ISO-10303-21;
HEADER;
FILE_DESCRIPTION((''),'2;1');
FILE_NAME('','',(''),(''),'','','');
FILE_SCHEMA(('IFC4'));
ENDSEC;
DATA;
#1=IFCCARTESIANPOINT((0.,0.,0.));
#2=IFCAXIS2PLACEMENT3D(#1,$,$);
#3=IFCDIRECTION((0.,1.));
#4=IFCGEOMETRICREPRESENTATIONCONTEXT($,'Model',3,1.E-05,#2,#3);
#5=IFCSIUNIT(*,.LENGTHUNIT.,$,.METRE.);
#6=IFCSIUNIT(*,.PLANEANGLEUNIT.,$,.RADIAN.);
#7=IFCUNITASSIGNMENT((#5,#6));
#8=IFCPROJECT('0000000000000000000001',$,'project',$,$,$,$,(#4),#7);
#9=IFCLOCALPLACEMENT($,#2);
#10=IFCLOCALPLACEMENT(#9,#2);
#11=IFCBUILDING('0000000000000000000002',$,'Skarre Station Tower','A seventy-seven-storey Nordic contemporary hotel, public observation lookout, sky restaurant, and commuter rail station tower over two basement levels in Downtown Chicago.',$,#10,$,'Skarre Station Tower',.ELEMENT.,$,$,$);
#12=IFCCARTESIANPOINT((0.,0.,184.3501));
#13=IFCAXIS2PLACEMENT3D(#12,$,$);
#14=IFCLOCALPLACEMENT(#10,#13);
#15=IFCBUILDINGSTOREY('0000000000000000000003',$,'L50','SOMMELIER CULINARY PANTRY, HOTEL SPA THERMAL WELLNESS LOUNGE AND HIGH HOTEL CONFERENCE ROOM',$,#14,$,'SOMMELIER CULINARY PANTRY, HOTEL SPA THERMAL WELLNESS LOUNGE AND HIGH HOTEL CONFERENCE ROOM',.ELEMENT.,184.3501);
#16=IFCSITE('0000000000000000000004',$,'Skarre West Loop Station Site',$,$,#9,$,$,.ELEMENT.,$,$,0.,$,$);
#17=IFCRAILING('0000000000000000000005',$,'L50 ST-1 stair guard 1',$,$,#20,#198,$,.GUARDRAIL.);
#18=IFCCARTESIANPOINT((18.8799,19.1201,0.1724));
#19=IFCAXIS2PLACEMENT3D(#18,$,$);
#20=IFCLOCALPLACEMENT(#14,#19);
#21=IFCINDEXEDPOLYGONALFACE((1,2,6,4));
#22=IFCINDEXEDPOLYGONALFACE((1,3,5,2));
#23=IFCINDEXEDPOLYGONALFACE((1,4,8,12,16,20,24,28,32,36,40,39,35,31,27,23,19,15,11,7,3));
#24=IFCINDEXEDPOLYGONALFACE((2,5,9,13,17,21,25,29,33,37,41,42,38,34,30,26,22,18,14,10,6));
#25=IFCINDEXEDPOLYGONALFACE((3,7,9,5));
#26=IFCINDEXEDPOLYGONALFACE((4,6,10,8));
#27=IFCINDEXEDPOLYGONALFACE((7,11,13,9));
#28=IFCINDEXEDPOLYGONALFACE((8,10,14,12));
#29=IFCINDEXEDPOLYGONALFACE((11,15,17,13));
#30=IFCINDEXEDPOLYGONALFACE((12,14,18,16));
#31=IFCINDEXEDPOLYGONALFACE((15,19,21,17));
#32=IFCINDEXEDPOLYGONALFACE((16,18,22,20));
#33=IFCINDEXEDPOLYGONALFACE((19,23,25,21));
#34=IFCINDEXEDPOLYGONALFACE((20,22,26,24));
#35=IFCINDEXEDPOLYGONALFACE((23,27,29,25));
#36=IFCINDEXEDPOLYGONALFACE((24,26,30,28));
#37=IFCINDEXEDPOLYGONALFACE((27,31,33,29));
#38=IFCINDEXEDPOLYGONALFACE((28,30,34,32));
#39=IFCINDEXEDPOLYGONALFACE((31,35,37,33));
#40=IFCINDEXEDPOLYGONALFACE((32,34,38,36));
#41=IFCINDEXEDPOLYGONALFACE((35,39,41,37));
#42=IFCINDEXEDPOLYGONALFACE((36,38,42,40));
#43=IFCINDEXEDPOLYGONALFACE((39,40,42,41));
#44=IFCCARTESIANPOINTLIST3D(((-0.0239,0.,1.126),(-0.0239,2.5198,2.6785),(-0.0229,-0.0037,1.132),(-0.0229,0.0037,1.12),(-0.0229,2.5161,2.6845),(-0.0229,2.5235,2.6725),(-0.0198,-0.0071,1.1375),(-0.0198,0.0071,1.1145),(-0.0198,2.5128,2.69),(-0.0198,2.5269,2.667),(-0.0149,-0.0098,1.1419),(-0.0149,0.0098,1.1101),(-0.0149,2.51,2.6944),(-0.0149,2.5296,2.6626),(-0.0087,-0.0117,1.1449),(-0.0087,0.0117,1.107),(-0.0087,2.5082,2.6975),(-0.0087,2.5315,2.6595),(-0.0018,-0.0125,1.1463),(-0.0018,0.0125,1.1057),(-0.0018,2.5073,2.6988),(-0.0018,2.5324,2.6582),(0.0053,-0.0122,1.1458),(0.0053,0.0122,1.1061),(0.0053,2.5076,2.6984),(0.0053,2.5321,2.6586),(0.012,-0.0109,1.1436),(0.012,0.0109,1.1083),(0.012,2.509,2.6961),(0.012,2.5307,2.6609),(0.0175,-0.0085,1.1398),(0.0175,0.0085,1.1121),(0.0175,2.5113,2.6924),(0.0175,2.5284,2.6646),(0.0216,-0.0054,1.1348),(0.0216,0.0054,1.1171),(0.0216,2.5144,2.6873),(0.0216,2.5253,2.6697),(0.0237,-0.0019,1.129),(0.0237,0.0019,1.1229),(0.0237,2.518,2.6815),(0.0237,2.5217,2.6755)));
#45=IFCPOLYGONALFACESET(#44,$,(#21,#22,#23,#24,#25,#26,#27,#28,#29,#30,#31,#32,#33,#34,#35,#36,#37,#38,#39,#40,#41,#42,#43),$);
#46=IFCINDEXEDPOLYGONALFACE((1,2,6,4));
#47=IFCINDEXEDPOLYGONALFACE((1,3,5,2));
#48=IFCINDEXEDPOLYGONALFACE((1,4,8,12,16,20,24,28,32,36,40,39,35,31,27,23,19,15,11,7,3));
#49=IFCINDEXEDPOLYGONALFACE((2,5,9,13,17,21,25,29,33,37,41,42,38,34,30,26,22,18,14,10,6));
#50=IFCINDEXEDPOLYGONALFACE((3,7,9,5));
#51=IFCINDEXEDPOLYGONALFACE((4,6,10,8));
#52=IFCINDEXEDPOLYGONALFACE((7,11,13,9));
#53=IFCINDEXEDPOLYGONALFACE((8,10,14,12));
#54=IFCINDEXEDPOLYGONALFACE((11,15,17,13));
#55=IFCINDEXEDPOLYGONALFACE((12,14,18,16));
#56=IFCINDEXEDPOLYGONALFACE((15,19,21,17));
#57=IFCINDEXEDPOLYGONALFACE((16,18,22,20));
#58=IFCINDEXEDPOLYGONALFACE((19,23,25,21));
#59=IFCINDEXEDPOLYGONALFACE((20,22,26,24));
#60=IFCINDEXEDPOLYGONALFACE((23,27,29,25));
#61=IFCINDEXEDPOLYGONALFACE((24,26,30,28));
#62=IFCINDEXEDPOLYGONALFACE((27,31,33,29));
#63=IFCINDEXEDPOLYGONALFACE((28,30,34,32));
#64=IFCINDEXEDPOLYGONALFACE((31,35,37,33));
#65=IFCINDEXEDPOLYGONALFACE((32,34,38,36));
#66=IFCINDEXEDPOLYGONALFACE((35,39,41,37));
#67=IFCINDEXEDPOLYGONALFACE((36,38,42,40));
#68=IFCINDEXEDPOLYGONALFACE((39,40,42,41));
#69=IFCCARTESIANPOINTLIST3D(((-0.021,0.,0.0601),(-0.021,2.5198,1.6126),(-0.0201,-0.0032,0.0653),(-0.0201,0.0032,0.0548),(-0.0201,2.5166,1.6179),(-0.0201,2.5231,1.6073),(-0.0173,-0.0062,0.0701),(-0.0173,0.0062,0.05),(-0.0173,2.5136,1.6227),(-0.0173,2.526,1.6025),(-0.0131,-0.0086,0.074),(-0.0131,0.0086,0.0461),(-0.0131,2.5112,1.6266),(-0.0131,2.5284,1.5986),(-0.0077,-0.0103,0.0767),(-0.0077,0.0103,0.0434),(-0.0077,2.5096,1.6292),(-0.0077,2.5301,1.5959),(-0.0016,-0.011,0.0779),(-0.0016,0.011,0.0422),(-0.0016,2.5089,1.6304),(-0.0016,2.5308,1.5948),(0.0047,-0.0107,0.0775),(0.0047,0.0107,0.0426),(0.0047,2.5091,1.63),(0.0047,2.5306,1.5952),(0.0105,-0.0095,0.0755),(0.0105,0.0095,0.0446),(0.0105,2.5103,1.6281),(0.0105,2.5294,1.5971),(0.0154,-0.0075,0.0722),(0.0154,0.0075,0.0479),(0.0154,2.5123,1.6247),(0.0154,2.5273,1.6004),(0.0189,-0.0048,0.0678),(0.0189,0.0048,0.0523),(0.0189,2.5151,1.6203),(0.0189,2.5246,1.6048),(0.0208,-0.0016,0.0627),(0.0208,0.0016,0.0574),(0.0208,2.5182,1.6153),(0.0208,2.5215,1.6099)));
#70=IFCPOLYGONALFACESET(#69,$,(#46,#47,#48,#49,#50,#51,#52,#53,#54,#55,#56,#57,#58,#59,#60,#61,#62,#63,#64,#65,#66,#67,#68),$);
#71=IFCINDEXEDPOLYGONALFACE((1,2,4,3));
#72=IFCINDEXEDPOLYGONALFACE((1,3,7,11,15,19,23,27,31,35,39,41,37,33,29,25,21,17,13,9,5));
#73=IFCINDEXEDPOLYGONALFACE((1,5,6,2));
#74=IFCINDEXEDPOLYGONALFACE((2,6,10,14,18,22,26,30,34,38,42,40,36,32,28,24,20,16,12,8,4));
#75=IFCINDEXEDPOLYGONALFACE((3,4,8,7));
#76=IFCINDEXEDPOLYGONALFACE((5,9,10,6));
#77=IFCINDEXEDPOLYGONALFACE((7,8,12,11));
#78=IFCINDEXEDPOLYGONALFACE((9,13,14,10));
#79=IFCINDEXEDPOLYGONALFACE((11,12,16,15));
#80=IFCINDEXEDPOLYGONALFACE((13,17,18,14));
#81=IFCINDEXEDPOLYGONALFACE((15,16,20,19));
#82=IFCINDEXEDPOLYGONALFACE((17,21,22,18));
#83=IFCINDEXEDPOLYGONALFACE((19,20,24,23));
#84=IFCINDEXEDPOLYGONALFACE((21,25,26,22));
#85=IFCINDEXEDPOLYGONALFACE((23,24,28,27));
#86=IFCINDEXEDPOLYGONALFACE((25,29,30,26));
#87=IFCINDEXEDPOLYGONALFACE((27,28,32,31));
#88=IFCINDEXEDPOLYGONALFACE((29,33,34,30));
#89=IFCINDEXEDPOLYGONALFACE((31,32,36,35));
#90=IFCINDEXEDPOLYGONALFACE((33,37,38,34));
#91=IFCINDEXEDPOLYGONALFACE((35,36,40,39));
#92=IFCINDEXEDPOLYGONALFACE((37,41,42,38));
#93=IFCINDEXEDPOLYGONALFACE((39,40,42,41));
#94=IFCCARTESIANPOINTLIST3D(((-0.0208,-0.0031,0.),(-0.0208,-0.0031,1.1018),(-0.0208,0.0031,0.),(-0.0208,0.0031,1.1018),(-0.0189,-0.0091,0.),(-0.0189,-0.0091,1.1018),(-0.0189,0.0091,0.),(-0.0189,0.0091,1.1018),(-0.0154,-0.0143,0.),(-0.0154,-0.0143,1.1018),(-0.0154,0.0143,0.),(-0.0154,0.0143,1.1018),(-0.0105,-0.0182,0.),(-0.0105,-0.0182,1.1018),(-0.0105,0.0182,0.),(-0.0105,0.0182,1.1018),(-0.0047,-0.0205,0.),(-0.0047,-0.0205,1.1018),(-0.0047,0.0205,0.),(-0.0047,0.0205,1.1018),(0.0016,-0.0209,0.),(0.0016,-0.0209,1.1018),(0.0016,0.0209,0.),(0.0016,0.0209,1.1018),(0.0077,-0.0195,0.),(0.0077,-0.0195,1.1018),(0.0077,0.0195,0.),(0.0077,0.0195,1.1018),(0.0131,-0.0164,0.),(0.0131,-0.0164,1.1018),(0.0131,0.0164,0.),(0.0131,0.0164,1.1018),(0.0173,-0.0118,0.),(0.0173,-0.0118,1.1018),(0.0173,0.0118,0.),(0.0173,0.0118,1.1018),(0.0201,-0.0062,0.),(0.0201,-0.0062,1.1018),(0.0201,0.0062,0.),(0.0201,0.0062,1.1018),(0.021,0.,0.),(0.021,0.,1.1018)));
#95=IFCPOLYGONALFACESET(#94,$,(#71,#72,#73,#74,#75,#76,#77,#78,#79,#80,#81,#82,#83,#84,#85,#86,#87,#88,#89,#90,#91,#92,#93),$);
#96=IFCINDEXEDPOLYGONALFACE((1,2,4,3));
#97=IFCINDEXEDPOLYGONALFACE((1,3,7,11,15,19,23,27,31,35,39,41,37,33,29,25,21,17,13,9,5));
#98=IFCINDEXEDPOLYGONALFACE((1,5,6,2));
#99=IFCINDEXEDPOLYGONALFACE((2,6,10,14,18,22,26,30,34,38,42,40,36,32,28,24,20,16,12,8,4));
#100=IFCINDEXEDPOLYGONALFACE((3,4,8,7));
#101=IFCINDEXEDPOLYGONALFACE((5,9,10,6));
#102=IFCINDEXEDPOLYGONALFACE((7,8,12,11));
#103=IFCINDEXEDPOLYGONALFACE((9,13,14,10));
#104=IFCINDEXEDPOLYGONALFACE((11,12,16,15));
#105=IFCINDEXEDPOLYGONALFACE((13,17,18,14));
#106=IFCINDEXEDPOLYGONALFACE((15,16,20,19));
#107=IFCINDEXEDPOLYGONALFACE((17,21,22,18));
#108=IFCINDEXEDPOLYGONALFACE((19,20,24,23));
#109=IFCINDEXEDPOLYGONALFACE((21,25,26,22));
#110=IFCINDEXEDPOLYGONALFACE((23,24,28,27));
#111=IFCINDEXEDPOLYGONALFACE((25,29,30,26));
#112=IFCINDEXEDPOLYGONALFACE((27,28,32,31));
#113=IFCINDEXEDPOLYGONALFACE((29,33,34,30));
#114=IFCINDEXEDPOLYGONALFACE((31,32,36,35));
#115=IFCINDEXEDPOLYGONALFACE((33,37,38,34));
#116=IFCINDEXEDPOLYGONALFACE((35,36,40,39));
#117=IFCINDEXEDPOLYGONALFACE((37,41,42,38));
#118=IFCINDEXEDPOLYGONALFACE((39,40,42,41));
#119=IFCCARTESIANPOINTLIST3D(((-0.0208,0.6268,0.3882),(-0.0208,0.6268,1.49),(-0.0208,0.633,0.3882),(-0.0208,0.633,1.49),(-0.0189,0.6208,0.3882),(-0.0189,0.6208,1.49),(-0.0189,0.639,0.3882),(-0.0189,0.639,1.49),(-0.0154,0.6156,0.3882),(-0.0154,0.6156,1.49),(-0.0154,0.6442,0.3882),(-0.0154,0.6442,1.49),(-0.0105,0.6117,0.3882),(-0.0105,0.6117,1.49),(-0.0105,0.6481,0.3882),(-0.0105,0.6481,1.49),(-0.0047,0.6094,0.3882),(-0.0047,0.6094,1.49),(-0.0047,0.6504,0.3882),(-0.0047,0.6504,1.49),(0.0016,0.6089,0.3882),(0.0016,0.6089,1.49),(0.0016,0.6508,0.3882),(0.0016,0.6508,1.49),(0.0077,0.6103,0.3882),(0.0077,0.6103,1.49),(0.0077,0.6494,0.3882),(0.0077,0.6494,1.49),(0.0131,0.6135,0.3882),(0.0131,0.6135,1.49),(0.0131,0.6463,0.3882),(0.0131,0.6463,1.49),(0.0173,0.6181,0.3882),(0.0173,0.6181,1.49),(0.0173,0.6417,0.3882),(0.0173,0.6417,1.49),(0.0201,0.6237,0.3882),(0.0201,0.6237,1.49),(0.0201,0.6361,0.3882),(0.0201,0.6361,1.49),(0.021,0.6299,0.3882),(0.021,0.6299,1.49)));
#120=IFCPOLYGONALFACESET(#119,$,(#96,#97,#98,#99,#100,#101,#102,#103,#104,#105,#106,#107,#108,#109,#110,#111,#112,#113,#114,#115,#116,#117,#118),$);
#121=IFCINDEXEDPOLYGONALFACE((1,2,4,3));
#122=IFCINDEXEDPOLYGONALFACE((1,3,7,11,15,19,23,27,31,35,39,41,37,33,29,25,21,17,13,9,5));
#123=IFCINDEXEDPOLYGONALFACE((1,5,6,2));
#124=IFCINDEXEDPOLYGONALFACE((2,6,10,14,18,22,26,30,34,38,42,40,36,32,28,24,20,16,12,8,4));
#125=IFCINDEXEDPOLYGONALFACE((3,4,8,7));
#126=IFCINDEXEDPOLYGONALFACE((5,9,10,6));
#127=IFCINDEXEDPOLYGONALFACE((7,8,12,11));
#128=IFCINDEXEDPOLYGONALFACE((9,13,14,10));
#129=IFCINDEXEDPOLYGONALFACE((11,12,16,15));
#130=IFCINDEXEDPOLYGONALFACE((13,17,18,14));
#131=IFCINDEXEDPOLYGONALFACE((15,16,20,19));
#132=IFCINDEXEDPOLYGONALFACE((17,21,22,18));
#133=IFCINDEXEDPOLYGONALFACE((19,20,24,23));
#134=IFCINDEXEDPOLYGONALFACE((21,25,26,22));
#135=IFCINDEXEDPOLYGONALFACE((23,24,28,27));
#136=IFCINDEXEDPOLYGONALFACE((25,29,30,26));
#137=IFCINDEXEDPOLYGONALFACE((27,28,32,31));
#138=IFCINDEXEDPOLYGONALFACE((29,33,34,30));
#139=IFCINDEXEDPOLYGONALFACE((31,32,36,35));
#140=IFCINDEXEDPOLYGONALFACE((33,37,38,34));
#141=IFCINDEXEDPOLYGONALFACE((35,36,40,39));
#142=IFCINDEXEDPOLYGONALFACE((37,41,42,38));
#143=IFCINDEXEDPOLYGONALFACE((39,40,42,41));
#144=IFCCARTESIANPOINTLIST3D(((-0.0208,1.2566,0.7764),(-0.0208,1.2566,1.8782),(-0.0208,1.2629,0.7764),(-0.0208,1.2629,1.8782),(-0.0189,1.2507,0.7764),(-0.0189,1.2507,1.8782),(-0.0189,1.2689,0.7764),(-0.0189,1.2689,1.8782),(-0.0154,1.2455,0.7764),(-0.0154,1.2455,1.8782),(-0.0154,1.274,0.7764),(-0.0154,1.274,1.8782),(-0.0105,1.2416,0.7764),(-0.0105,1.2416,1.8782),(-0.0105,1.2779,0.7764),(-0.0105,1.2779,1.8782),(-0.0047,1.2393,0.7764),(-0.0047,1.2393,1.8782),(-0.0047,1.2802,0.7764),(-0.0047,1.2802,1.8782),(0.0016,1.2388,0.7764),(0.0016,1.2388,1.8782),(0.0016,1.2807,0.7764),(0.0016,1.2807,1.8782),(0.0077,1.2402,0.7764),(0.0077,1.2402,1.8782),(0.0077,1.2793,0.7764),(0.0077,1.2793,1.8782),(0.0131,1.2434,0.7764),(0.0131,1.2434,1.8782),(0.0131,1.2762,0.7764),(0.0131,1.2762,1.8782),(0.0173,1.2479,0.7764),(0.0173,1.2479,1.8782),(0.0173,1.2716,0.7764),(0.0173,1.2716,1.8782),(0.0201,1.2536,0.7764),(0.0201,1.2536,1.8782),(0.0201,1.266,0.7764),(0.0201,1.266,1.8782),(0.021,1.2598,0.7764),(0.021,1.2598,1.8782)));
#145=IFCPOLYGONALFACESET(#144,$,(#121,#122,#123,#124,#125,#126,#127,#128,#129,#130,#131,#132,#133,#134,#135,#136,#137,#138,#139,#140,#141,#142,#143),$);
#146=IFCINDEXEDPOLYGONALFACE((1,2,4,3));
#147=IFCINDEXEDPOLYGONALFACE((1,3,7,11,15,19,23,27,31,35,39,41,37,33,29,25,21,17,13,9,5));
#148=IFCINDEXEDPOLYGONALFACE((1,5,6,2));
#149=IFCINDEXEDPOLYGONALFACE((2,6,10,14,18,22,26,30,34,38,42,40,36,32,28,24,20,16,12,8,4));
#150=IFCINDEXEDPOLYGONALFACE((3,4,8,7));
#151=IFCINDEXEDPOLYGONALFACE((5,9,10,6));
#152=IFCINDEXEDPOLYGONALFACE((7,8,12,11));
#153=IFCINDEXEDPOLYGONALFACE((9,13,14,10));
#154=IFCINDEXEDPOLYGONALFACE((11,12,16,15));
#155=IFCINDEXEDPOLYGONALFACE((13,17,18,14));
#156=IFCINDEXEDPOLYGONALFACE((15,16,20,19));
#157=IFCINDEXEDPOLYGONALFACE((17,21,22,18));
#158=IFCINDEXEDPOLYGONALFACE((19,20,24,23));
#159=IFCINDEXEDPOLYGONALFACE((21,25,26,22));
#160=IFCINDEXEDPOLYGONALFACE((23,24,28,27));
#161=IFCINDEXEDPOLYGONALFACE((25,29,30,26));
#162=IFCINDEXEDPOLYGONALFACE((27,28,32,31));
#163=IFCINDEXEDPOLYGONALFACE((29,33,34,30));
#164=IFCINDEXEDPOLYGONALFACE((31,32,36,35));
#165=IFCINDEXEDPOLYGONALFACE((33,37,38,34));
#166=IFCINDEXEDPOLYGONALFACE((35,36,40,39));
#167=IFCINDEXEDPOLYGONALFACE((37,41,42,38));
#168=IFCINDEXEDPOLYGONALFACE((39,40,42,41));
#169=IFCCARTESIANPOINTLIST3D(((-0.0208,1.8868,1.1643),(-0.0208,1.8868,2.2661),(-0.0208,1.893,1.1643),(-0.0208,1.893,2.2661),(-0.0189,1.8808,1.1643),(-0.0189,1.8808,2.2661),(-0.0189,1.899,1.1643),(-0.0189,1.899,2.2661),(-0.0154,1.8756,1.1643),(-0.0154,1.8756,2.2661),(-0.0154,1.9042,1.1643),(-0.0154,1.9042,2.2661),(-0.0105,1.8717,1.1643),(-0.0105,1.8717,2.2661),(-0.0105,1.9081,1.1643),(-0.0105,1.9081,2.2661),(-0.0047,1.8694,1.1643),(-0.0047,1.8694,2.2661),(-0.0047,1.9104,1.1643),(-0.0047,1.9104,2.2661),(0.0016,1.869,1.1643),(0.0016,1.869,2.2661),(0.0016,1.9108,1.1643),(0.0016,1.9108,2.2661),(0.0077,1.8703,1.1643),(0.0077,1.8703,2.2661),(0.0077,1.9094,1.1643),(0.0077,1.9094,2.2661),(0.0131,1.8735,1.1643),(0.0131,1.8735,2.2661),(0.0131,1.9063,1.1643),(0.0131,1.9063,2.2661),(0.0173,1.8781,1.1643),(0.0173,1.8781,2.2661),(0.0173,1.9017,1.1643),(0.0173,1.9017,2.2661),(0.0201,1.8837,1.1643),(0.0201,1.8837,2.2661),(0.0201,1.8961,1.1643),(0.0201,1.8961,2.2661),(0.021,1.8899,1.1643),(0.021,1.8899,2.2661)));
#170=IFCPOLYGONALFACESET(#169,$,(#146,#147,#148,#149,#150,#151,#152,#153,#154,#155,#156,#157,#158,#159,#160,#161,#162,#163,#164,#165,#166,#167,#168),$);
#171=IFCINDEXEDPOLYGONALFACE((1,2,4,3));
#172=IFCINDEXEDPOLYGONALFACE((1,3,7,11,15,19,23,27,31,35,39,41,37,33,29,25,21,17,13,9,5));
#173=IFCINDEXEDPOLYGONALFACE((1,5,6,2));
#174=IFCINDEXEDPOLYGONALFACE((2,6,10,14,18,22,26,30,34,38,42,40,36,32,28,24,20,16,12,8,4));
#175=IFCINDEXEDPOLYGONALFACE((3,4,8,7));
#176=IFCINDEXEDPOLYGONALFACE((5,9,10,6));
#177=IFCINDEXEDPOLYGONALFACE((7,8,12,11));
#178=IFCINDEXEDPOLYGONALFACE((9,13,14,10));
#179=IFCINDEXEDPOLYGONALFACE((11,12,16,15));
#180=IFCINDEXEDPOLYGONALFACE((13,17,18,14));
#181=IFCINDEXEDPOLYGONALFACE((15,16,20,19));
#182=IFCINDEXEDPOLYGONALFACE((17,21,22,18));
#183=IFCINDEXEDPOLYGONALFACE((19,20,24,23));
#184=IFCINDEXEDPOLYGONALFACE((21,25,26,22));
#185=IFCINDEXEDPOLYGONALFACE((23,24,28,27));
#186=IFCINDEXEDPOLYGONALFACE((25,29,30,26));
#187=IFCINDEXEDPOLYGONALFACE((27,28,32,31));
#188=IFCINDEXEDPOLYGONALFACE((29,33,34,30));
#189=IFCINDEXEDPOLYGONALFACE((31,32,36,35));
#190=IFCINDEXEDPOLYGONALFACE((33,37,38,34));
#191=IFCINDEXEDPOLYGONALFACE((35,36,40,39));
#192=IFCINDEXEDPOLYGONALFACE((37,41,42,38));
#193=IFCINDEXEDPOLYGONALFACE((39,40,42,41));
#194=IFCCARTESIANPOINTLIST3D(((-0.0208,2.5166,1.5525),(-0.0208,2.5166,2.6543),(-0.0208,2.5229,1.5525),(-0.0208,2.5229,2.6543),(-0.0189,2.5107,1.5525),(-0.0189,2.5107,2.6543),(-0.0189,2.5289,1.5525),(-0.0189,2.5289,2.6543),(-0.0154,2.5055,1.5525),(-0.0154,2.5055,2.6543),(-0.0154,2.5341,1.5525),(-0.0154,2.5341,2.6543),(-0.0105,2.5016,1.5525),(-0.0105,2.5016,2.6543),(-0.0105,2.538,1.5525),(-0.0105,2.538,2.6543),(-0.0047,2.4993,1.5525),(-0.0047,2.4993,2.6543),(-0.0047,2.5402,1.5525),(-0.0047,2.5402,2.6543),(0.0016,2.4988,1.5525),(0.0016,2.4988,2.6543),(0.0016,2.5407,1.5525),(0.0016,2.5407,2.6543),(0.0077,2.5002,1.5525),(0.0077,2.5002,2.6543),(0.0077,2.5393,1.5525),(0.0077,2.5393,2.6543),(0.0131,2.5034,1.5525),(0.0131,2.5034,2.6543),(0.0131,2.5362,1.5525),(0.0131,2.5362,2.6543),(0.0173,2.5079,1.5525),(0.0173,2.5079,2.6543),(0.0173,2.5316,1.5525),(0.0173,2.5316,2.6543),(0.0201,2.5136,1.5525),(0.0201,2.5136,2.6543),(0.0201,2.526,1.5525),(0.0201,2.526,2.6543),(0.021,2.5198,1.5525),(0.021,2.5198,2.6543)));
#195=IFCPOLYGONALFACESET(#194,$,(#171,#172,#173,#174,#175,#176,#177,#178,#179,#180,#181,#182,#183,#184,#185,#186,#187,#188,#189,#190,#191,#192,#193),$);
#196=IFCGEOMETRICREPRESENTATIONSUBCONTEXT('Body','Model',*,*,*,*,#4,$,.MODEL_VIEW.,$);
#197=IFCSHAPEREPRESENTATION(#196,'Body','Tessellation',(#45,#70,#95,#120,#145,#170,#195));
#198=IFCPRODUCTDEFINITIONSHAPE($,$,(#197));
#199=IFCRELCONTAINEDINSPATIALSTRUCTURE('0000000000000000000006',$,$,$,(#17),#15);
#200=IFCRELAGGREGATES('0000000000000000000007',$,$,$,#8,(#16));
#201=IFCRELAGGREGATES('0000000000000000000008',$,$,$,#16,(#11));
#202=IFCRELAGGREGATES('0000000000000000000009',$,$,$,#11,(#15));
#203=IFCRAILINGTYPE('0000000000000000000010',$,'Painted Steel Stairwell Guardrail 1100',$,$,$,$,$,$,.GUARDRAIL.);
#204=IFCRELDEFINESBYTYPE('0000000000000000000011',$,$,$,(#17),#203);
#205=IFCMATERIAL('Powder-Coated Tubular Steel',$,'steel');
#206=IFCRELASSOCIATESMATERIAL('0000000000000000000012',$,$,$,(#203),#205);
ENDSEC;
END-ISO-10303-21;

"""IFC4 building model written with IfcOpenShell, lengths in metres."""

from ifc_helpers import new_model, si_unit, direction, frame, origin, origin_2d, place, context, subcontext, project, spatial, circle, extrude, material, type_object, element, save


model = new_model("IFC4")

# Units and contexts
model_context = context("Model", 3, precision=1e-05, world=origin(), true_north=direction((0.0, 1.0)))
body_context = subcontext(model_context, "Body", "Model", "MODEL_VIEW")
ifc_project = project(units=[si_unit("LENGTHUNIT", "METRE"), si_unit("PLANEANGLEUNIT", "RADIAN")], contexts=[model_context])

# Site, building, storey
site_placement = place(None, origin())
site = spatial("IfcSite", under=ifc_project, at=site_placement, Name="Skarre West Loop Station Site", CompositionType="ELEMENT", RefElevation=0.0)
building_placement = place(site_placement, origin())
building = spatial("IfcBuilding", under=site, at=building_placement, Name="Skarre Station Tower", Description="A seventy-seven-storey Nordic contemporary hotel, public observation lookout, sky restaurant, and commuter rail station tower over two basement levels in Downtown Chicago.", LongName="Skarre Station Tower", CompositionType="ELEMENT")
storey_placement = place(building_placement, frame((0.0, 0.0, 184.3501)))
storey = spatial("IfcBuildingStorey", under=building, at=storey_placement, Name="L50", Description="SOMMELIER CULINARY PANTRY, HOTEL SPA THERMAL WELLNESS LOUNGE AND HIGH HOTEL CONFERENCE ROOM", LongName="SOMMELIER CULINARY PANTRY, HOTEL SPA THERMAL WELLNESS LOUNGE AND HIGH HOTEL CONFERENCE ROOM", CompositionType="ELEMENT", Elevation=184.3501)

# Railing
ifc_material_1 = material(Name="Powder-Coated Tubular Steel", Category="steel")
railing_type_1 = type_object("IfcRailingType", Name="Painted Steel Stairwell Guardrail 1100", PredefinedType="GUARDRAIL", material=ifc_material_1)
railing_1_placement = place(storey_placement, frame((18.8799, 19.1201, 0.1724)))
element("IfcRailing", 1, at=railing_1_placement, inside=storey, type_object=railing_type_1, Name="L50 ST-1 stair guard 1", PredefinedType="GUARDRAIL", context=body_context, shape_type="SweptSolid", body=[
    extrude(circle(Radius=0.0239, at=origin_2d()), frame((0.0, 0.0, 1.126), z_axis=(0.0, 0.851378, 0.524553), x_axis=(-1.0, 0.0, 0.0)), (0.0, 0.0, 1.0), 2.9597),
    extrude(circle(Radius=0.021, at=origin_2d()), frame((0.0, 0.0, 0.0601), z_axis=(0.0, 0.851378, 0.524553), x_axis=(-1.0, 0.0, 0.0)), (0.0, 0.0, 1.0), 2.9597),
    extrude(circle(Radius=0.021, at=origin_2d()), origin(), (0.0, 0.0, 1.0), 1.1018),
    extrude(circle(Radius=0.021, at=origin_2d()), frame((0.0, 0.6299, 0.3882)), (0.0, 0.0, 1.0), 1.1018),
    extrude(circle(Radius=0.021, at=origin_2d()), frame((0.0, 1.2598, 0.7764)), (0.0, 0.0, 1.0), 1.1018),
    extrude(circle(Radius=0.021, at=origin_2d()), frame((0.0, 1.8899, 1.1643)), (0.0, 0.0, 1.0), 1.1018),
    extrude(circle(Radius=0.021, at=origin_2d()), frame((0.0, 2.5198, 1.5525)), (0.0, 0.0, 1.0), 1.1018),
])

save(model, "model.ifc")
